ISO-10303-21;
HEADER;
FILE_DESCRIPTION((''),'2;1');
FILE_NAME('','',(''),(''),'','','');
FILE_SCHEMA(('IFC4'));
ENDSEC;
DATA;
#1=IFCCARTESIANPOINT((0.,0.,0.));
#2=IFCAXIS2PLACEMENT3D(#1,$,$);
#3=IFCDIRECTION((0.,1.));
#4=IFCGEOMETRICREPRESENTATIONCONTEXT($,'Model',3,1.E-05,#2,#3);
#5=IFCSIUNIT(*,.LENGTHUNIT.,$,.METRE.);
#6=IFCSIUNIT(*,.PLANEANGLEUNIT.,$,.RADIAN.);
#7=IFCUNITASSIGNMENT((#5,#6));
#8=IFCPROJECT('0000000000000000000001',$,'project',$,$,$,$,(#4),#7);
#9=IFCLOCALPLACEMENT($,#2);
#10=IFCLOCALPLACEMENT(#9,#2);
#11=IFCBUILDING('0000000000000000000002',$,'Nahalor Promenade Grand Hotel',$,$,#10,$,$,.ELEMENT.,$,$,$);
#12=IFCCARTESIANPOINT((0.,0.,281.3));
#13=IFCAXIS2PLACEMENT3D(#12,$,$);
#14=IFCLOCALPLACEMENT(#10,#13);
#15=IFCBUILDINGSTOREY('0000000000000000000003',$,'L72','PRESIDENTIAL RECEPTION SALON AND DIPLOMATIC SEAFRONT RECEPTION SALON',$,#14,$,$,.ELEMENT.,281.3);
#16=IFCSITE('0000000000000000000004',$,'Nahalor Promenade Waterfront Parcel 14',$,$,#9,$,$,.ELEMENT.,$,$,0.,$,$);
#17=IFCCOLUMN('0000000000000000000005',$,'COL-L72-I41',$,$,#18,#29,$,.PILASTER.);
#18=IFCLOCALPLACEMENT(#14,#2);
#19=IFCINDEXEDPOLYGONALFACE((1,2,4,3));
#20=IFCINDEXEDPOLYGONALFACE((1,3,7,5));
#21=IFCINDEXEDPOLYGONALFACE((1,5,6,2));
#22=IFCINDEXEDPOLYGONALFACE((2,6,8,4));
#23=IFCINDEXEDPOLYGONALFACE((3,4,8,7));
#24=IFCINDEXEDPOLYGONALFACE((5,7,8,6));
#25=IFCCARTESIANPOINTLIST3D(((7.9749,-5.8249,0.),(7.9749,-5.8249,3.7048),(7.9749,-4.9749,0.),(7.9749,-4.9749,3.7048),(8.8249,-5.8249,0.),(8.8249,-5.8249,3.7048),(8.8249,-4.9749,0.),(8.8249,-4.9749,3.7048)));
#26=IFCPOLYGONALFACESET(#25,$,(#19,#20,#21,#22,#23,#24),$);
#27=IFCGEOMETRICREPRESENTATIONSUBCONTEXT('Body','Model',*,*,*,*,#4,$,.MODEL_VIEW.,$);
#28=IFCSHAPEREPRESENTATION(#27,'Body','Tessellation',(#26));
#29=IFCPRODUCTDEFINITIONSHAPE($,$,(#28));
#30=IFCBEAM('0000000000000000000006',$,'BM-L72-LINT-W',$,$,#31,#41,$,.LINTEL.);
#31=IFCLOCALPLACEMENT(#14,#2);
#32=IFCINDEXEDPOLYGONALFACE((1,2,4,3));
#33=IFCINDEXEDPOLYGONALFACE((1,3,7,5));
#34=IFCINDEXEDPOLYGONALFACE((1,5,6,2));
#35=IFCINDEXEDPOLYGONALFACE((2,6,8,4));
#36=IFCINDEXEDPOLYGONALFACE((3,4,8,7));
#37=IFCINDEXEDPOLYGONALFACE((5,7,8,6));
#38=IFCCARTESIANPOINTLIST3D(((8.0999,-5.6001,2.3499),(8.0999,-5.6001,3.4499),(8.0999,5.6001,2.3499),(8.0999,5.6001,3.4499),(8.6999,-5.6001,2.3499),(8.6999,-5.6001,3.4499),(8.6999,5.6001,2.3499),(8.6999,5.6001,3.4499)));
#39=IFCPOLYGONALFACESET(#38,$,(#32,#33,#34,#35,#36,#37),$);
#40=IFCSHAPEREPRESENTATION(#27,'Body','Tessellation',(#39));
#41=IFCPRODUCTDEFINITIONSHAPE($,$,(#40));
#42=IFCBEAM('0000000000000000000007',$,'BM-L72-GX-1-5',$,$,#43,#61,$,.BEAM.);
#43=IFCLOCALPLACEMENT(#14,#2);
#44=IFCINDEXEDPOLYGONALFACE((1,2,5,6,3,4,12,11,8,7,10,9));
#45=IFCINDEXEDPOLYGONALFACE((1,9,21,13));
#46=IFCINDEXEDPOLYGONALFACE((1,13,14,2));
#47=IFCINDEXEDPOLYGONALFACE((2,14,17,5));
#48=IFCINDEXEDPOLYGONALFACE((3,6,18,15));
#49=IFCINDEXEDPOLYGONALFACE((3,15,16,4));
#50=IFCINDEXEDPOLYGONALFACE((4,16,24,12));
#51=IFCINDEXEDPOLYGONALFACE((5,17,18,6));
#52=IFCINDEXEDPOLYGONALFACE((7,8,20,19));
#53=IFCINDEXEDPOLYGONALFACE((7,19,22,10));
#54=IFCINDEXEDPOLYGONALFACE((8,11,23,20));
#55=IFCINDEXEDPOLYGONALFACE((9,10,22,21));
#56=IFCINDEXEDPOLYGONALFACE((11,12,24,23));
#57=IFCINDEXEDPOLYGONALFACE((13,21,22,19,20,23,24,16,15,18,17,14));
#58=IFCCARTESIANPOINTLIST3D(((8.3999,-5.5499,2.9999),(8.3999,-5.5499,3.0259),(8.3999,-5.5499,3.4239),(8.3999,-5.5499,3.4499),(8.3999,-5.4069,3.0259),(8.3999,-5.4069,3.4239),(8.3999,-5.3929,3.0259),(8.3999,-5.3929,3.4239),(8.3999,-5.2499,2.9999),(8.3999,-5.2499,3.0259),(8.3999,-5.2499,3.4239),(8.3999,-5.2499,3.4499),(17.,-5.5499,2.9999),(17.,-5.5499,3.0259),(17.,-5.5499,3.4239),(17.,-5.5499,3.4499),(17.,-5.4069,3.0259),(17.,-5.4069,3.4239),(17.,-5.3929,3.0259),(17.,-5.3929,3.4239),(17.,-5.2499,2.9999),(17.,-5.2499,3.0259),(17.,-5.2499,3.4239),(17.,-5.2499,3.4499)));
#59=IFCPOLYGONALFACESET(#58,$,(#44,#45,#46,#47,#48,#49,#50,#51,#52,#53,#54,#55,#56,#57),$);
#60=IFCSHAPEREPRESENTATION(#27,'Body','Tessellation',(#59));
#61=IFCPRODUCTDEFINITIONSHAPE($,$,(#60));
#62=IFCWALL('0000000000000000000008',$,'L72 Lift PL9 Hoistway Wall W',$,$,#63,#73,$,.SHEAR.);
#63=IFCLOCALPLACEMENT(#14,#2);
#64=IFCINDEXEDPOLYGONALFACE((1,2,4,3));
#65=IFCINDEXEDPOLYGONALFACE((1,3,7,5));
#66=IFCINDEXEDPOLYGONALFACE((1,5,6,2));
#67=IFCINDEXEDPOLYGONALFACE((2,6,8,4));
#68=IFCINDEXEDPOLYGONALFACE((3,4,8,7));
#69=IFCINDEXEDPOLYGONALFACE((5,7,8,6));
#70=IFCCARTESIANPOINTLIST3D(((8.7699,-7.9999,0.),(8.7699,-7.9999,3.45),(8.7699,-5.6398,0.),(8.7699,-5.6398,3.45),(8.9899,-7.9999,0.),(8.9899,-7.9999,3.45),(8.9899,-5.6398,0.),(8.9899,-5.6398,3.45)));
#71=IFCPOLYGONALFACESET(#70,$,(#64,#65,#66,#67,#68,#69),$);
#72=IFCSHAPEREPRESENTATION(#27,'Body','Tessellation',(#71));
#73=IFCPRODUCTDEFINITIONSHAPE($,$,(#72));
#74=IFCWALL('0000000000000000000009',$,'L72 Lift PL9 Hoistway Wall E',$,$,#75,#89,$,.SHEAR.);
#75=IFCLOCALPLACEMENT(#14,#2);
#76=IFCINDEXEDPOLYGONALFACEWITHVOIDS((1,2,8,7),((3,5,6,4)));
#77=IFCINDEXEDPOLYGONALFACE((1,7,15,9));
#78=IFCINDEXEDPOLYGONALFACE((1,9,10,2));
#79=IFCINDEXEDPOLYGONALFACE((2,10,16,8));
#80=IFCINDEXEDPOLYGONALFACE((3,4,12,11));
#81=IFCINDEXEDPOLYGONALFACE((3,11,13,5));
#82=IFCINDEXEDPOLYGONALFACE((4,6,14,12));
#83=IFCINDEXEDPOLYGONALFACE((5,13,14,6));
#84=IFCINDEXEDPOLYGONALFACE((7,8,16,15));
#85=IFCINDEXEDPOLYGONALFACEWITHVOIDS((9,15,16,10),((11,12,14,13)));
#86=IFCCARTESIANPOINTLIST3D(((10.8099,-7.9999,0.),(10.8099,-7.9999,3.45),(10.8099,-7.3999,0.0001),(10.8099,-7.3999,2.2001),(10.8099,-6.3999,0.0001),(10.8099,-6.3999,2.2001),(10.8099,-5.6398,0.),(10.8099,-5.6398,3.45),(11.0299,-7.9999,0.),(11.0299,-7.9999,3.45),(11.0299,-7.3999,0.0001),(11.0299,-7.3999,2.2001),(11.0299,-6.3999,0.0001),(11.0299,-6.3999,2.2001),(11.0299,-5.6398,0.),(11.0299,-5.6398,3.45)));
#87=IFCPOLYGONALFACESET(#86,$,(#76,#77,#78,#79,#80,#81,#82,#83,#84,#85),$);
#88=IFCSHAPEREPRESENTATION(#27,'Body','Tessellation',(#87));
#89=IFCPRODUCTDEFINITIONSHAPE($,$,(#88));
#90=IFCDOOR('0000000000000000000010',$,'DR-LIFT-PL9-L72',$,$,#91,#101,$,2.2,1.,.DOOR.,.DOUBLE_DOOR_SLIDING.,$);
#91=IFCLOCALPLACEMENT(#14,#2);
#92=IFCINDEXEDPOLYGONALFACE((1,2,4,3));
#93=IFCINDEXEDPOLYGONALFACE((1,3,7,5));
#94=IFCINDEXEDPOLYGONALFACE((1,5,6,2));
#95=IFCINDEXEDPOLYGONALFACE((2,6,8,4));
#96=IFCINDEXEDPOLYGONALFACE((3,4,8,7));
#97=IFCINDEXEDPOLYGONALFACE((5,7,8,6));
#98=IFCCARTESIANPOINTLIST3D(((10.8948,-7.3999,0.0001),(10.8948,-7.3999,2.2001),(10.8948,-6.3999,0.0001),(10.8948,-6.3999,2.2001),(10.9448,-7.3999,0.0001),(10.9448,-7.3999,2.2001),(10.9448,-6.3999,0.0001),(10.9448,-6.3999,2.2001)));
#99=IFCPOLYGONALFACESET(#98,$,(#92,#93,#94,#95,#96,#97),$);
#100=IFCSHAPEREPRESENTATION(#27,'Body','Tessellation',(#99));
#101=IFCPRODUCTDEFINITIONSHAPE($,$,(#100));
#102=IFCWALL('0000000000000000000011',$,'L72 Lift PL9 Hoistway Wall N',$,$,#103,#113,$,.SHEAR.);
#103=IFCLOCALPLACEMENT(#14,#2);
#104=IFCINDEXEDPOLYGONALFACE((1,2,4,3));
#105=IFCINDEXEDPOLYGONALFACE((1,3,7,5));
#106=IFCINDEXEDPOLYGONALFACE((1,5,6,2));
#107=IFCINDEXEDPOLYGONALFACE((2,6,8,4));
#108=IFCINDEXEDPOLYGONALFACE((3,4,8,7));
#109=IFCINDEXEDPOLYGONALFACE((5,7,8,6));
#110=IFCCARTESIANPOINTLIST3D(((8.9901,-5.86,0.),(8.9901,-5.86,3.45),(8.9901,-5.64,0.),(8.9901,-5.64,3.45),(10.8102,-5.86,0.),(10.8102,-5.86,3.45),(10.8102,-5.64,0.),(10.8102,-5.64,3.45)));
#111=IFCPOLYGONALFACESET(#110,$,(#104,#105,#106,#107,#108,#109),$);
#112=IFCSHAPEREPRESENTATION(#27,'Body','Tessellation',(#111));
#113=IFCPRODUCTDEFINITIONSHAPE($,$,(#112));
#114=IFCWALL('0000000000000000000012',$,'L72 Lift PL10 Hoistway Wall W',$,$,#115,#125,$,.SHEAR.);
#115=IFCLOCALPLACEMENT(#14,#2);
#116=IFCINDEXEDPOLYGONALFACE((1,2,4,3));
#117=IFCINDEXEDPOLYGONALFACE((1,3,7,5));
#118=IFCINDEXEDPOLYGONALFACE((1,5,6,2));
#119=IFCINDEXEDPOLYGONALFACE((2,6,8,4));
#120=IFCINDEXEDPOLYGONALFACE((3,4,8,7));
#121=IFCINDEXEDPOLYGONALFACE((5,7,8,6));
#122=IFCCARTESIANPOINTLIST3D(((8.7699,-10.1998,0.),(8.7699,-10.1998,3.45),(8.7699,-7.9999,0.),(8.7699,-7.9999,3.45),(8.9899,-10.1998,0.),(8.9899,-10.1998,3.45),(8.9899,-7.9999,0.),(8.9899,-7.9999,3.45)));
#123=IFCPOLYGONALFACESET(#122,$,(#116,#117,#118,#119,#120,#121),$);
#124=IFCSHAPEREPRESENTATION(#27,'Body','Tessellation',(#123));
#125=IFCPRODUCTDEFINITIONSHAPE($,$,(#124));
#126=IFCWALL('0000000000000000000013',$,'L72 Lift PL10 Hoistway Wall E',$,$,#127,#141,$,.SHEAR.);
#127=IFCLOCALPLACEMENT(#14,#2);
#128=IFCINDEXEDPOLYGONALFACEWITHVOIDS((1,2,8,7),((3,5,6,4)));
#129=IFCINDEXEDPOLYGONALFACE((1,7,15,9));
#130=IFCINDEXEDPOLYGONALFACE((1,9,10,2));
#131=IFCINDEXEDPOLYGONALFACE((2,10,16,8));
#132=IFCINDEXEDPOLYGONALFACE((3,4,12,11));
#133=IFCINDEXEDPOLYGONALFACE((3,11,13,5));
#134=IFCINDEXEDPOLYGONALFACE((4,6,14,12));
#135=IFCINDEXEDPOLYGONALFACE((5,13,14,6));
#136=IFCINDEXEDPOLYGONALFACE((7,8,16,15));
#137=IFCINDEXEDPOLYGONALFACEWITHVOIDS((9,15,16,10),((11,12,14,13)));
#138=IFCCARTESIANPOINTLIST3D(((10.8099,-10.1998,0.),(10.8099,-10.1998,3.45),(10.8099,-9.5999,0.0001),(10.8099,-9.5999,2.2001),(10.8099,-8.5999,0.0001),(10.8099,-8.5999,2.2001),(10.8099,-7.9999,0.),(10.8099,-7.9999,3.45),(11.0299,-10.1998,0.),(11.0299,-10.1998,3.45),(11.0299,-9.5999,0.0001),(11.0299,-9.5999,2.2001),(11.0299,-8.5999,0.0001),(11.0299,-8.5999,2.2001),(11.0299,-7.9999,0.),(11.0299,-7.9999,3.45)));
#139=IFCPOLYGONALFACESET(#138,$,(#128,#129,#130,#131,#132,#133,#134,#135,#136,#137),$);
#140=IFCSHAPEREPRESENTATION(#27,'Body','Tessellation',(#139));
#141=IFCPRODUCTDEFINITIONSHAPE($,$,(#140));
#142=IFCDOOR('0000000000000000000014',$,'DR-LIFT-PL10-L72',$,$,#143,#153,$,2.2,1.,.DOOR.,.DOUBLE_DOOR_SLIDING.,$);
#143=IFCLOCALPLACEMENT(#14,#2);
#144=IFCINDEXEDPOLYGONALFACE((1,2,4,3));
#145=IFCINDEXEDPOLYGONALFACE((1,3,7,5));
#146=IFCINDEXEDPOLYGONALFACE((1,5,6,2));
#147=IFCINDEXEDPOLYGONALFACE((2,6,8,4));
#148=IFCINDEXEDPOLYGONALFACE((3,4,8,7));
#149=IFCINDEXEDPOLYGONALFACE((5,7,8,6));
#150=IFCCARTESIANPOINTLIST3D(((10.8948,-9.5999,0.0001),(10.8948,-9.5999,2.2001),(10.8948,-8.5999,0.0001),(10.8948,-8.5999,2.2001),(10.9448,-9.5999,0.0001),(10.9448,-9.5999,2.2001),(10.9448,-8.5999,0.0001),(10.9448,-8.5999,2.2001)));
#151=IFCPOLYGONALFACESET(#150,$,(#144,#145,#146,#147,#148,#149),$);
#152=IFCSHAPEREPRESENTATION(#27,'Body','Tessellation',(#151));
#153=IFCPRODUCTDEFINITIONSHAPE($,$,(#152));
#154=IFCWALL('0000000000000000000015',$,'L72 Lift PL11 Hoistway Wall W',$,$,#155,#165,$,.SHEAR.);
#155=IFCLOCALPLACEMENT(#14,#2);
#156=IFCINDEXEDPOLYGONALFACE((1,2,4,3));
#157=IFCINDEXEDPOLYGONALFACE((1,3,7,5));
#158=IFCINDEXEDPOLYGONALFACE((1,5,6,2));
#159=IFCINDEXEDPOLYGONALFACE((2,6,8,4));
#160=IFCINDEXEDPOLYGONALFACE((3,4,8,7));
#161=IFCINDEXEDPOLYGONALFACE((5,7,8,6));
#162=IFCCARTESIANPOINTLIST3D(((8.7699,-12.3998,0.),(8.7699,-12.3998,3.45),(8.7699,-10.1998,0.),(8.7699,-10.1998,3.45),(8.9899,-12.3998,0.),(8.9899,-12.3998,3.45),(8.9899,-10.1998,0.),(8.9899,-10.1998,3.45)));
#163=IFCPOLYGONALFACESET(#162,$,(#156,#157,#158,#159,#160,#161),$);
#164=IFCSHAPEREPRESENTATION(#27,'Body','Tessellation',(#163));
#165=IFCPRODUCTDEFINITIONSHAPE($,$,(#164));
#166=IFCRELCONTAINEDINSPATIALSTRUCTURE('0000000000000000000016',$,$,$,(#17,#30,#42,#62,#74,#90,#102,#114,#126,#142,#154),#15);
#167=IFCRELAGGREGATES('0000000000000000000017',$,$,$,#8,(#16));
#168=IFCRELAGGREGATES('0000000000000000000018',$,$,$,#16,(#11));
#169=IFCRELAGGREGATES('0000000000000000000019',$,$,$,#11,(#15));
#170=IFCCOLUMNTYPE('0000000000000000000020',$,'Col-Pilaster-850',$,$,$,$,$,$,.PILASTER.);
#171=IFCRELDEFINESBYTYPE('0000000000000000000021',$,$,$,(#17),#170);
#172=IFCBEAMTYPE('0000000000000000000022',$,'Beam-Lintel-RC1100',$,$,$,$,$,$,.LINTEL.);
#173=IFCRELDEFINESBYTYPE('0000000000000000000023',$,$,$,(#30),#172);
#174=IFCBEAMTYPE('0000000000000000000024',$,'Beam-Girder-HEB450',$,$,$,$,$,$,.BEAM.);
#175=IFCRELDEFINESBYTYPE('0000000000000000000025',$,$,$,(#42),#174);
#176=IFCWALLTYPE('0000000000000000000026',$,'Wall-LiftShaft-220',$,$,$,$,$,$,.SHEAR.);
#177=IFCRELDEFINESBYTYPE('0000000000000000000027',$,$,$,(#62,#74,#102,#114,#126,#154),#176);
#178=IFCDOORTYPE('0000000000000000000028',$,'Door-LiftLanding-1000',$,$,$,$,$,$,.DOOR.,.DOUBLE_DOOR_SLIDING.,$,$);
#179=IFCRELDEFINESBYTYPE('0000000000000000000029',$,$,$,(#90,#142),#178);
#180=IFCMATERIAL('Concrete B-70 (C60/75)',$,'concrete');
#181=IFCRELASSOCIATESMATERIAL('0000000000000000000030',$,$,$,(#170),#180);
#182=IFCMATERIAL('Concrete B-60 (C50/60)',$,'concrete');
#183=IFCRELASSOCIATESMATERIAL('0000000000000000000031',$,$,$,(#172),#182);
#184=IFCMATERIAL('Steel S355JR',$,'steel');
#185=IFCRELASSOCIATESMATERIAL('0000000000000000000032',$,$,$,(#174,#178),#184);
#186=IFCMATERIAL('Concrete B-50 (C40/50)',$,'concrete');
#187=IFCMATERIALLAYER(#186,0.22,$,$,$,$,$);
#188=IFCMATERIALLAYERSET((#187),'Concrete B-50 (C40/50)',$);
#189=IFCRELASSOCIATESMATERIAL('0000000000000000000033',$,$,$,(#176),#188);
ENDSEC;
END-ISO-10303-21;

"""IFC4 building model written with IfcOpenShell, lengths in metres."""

from ifc_helpers import new_model, si_unit, direction, frame, frame_2d, origin, origin_2d, place, context, subcontext, project, spatial, rectangle, i_section, extrude, source, transform, mapped, material, layer, layer_set, material_profile, profile_set, type_object, element, fill, save


model = new_model("IFC4")

# Units and contexts
model_context = context("Model", 3, precision=1e-05, world=origin(), true_north=direction((0.0, 1.0)))
body_context = subcontext(model_context, "Body", "Model", "MODEL_VIEW")
ifc_project = project(units=[si_unit("LENGTHUNIT", "METRE"), si_unit("PLANEANGLEUNIT", "RADIAN")], contexts=[model_context])

# Site, building, storey
site_placement = place(None, origin())
site = spatial("IfcSite", under=ifc_project, at=site_placement, Name="Nahalor Promenade Waterfront Parcel 14", CompositionType="ELEMENT", RefElevation=0.0)
building_placement = place(site_placement, origin())
building = spatial("IfcBuilding", under=site, at=building_placement, Name="Nahalor Promenade Grand Hotel", CompositionType="ELEMENT")
storey_placement = place(building_placement, frame((0.0, 0.0, 281.3)))
storey = spatial("IfcBuildingStorey", under=building, at=storey_placement, Name="L72", Description="PRESIDENTIAL RECEPTION SALON AND DIPLOMATIC SEAFRONT RECEPTION SALON", CompositionType="ELEMENT", Elevation=281.3)

# Column
ifc_material_1 = material(Name="Concrete B-70 (C60/75)", Category="concrete")
ifc_material_profile_1 = material_profile(ifc_material_1, rectangle(XDim=0.85, YDim=0.85, at=origin_2d()), Name="RC 850x850")
ifc_profile_set_1 = profile_set([ifc_material_profile_1], Name="Concrete B-70 (C60/75)")
column_type = type_object("IfcColumnType", Name="Col-Pilaster-850", PredefinedType="PILASTER", material=ifc_profile_set_1)
shared_shape_1 = source(origin(), body_context, "Body", "SweptSolid", [
    extrude(rectangle(XDim=0.85, YDim=0.85, at=origin_2d()), origin(), (0.0, 0.0, 1.0), 3.7048),
])
column_placement = place(storey_placement, frame((8.3999, -5.3999, 0.0), z_axis=(0.0, 0.0, 1.0), x_axis=(1.0, 0.0, 0.0)))
element("IfcColumn", 1, at=column_placement, inside=storey, type_object=column_type, Name="COL-L72-I41", PredefinedType="PILASTER", context=body_context, shape_type="MappedRepresentation", body=[
    mapped(shared_shape_1, transform((0.0, 0.0, 0.0), scale=1.0)),
])

# Beams
ifc_material_2 = material(Name="Concrete B-60 (C50/60)", Category="concrete")
ifc_material_profile_2 = material_profile(ifc_material_2, rectangle(XDim=0.6, YDim=1.1, at=origin_2d()), Name="RC 600x1100")
ifc_profile_set_2 = profile_set([ifc_material_profile_2], Name="Concrete B-60 (C50/60)")
beam_type_1 = type_object("IfcBeamType", Name="Beam-Lintel-RC1100", PredefinedType="LINTEL", material=ifc_profile_set_2)
shared_shape_2 = source(origin(), body_context, "Body", "SweptSolid", [
    extrude(rectangle(XDim=0.6, YDim=1.1, at=origin_2d()), origin(), (0.0, 0.0, 1.0), 11.2002),
])
beam_1_placement = place(storey_placement, frame((8.3999, -5.6001, 2.8999), z_axis=(0.0, 1.0, 0.0), x_axis=(-1.0, 0.0, 0.0)))
element("IfcBeam", 2, at=beam_1_placement, inside=storey, type_object=beam_type_1, Name="BM-L72-LINT-W", PredefinedType="LINTEL", context=body_context, shape_type="MappedRepresentation", body=[
    mapped(shared_shape_2, transform((0.0, 0.0, 0.0), scale=1.0)),
])
ifc_material_3 = material(Name="Steel S355JR", Category="steel")
ifc_material_profile_3 = material_profile(ifc_material_3, i_section(OverallWidth=0.3, OverallDepth=0.45, WebThickness=0.014, FlangeThickness=0.026, at=origin_2d()), Name="HEB 450")
ifc_profile_set_3 = profile_set([ifc_material_profile_3], Name="Steel S355JR")
beam_type_2 = type_object("IfcBeamType", Name="Beam-Girder-HEB450", PredefinedType="BEAM", material=ifc_profile_set_3)
shared_shape_3 = source(origin(), body_context, "Body", "SweptSolid", [
    extrude(i_section(OverallWidth=0.3, OverallDepth=0.45, WebThickness=0.014, FlangeThickness=0.026, at=origin_2d()), origin(), (0.0, 0.0, 1.0), 8.6001),
])
beam_2_placement = place(storey_placement, frame((8.3999, -5.3999, 3.2249), z_axis=(1.0, 0.0, 0.0), x_axis=(0.0, 1.0, 0.0)))
element("IfcBeam", 3, at=beam_2_placement, inside=storey, type_object=beam_type_2, Name="BM-L72-GX-1-5", PredefinedType="BEAM", context=body_context, shape_type="MappedRepresentation", body=[
    mapped(shared_shape_3, transform((0.0, 0.0, 0.0), scale=1.0)),
])

# Wall
ifc_material_4 = material(Name="Concrete B-50 (C40/50)", Category="concrete")
ifc_layer_1 = layer(ifc_material_4, 0.22)
ifc_layer_set_1 = layer_set([ifc_layer_1], Name="Concrete B-50 (C40/50)")
wall_type_1 = type_object("IfcWallType", Name="Wall-LiftShaft-220", PredefinedType="SHEAR", material=ifc_layer_set_1)
shared_shape_4 = source(origin(), body_context, "Body", "SweptSolid", [
    extrude(rectangle(XDim=2.3601, YDim=0.22, at=frame_2d((1.1802, 0.0))), origin(), (0.0, 0.0, 1.0), 3.45),
])
wall_1_placement = place(storey_placement, frame((8.8799, -8.0, 0.0), z_axis=(0.0, 0.0, 1.0), x_axis=(0.0, 1.0, 0.0)))
element("IfcWall", 4, at=wall_1_placement, inside=storey, type_object=wall_type_1, Name="L72 Lift PL9 Hoistway Wall W", PredefinedType="SHEAR", context=body_context, shape_type="MappedRepresentation", body=[
    mapped(shared_shape_4, transform((0.0, 0.0, 0.0), scale=1.0)),
])

# Wall, opening, door
wall_2_placement = place(storey_placement, frame((10.9199, -8.0, 0.0), z_axis=(0.0, 0.0, 1.0), x_axis=(0.0, 1.0, 0.0)))
wall_2 = element("IfcWall", 5, at=wall_2_placement, inside=storey, type_object=wall_type_1, Name="L72 Lift PL9 Hoistway Wall E", PredefinedType="SHEAR", context=body_context, shape_type="MappedRepresentation", body=[
    mapped(shared_shape_4, transform((0.0, 0.0, 0.0), scale=1.0)),
])
opening_1_placement = place(wall_2_placement, frame((0.6001, 0.0, 0.0)))
opening_1 = element("IfcOpeningElement", 6, at=opening_1_placement, cuts=wall_2, PredefinedType="OPENING", context=body_context, shape_type="SweptSolid", body=[
    extrude(rectangle(XDim=1.0, YDim=2.2, at=frame_2d((0.5, 1.1001))), frame((0.0, 0.1199, 0.0), z_axis=(0.0, -1.0, 0.0), x_axis=(1.0, 0.0, 0.0)), (0.0, 0.0, 1.0), 0.24),
])
door_type_1 = type_object("IfcDoorType", Name="Door-LiftLanding-1000", OperationType="DOUBLE_DOOR_SLIDING", PredefinedType="DOOR", material=ifc_material_3)
shared_shape_5 = source(origin(), body_context, "Body", "SweptSolid", [
    extrude(rectangle(XDim=1.0, YDim=2.2, at=frame_2d((0.5, 1.1001))), frame((0.0, 0.0249, 0.0), z_axis=(0.0, -1.0, 0.0), x_axis=(1.0, 0.0, 0.0)), (0.0, 0.0, 1.0), 0.05),
])
door_1_placement = place(opening_1_placement, frame((1.0, 0.0, 0.0), z_axis=(0.0, 0.0, 1.0), x_axis=(-1.0, 0.0, 0.0)))
door_1 = element("IfcDoor", 7, at=door_1_placement, inside=storey, type_object=door_type_1, Name="DR-LIFT-PL9-L72", OperationType="DOUBLE_DOOR_SLIDING", OverallHeight=2.2, OverallWidth=1.0, PredefinedType="DOOR", context=body_context, shape_type="MappedRepresentation", body=[
    mapped(shared_shape_5, transform((0.0, 0.0, 0.0), scale=1.0)),
])
fill(opening_1, door_1)

# Walls
shared_shape_6 = source(origin(), body_context, "Body", "SweptSolid", [
    extrude(rectangle(XDim=1.8201, YDim=0.22, at=frame_2d((0.9102, 0.0))), origin(), (0.0, 0.0, 1.0), 3.45),
])
wall_3_placement = place(storey_placement, frame((8.99, -5.75, 0.0), z_axis=(0.0, 0.0, 1.0), x_axis=(1.0, 0.0, 0.0)))
element("IfcWall", 8, at=wall_3_placement, inside=storey, type_object=wall_type_1, Name="L72 Lift PL9 Hoistway Wall N", PredefinedType="SHEAR", context=body_context, shape_type="MappedRepresentation", body=[
    mapped(shared_shape_6, transform((0.0, 0.0, 0.0), scale=1.0)),
])
shared_shape_7 = source(origin(), body_context, "Body", "SweptSolid", [
    extrude(rectangle(XDim=2.2, YDim=0.22, at=frame_2d((1.1001, 0.0))), origin(), (0.0, 0.0, 1.0), 3.45),
])
wall_4_placement = place(storey_placement, frame((8.8799, -10.2, 0.0), z_axis=(0.0, 0.0, 1.0), x_axis=(0.0, 1.0, 0.0)))
element("IfcWall", 9, at=wall_4_placement, inside=storey, type_object=wall_type_1, Name="L72 Lift PL10 Hoistway Wall W", PredefinedType="SHEAR", context=body_context, shape_type="MappedRepresentation", body=[
    mapped(shared_shape_7, transform((0.0, 0.0, 0.0), scale=1.0)),
])

# Wall, opening, door
wall_5_placement = place(storey_placement, frame((10.9199, -10.2, 0.0), z_axis=(0.0, 0.0, 1.0), x_axis=(0.0, 1.0, 0.0)))
wall_5 = element("IfcWall", 10, at=wall_5_placement, inside=storey, type_object=wall_type_1, Name="L72 Lift PL10 Hoistway Wall E", PredefinedType="SHEAR", context=body_context, shape_type="MappedRepresentation", body=[
    mapped(shared_shape_7, transform((0.0, 0.0, 0.0), scale=1.0)),
])
opening_2_placement = place(wall_5_placement, frame((0.6001, 0.0, 0.0)))
opening_2 = element("IfcOpeningElement", 11, at=opening_2_placement, cuts=wall_5, PredefinedType="OPENING", context=body_context, shape_type="SweptSolid", body=[
    extrude(rectangle(XDim=1.0, YDim=2.2, at=frame_2d((0.5, 1.1001))), frame((0.0, 0.1199, 0.0), z_axis=(0.0, -1.0, 0.0), x_axis=(1.0, 0.0, 0.0)), (0.0, 0.0, 1.0), 0.24),
])
door_2_placement = place(opening_2_placement, frame((1.0, 0.0, 0.0), z_axis=(0.0, 0.0, 1.0), x_axis=(-1.0, 0.0, 0.0)))
door_2 = element("IfcDoor", 12, at=door_2_placement, inside=storey, type_object=door_type_1, Name="DR-LIFT-PL10-L72", OperationType="DOUBLE_DOOR_SLIDING", OverallHeight=2.2, OverallWidth=1.0, PredefinedType="DOOR", context=body_context, shape_type="MappedRepresentation", body=[
    mapped(shared_shape_5, transform((0.0, 0.0, 0.0), scale=1.0)),
])
fill(opening_2, door_2)

# Wall
wall_6_placement = place(storey_placement, frame((8.8799, -12.3999, 0.0), z_axis=(0.0, 0.0, 1.0), x_axis=(0.0, 1.0, 0.0)))
element("IfcWall", 13, at=wall_6_placement, inside=storey, type_object=wall_type_1, Name="L72 Lift PL11 Hoistway Wall W", PredefinedType="SHEAR", context=body_context, shape_type="MappedRepresentation", body=[
    mapped(shared_shape_7, transform((0.0, 0.0, 0.0), scale=1.0)),
])

save(model, "model.ifc")
